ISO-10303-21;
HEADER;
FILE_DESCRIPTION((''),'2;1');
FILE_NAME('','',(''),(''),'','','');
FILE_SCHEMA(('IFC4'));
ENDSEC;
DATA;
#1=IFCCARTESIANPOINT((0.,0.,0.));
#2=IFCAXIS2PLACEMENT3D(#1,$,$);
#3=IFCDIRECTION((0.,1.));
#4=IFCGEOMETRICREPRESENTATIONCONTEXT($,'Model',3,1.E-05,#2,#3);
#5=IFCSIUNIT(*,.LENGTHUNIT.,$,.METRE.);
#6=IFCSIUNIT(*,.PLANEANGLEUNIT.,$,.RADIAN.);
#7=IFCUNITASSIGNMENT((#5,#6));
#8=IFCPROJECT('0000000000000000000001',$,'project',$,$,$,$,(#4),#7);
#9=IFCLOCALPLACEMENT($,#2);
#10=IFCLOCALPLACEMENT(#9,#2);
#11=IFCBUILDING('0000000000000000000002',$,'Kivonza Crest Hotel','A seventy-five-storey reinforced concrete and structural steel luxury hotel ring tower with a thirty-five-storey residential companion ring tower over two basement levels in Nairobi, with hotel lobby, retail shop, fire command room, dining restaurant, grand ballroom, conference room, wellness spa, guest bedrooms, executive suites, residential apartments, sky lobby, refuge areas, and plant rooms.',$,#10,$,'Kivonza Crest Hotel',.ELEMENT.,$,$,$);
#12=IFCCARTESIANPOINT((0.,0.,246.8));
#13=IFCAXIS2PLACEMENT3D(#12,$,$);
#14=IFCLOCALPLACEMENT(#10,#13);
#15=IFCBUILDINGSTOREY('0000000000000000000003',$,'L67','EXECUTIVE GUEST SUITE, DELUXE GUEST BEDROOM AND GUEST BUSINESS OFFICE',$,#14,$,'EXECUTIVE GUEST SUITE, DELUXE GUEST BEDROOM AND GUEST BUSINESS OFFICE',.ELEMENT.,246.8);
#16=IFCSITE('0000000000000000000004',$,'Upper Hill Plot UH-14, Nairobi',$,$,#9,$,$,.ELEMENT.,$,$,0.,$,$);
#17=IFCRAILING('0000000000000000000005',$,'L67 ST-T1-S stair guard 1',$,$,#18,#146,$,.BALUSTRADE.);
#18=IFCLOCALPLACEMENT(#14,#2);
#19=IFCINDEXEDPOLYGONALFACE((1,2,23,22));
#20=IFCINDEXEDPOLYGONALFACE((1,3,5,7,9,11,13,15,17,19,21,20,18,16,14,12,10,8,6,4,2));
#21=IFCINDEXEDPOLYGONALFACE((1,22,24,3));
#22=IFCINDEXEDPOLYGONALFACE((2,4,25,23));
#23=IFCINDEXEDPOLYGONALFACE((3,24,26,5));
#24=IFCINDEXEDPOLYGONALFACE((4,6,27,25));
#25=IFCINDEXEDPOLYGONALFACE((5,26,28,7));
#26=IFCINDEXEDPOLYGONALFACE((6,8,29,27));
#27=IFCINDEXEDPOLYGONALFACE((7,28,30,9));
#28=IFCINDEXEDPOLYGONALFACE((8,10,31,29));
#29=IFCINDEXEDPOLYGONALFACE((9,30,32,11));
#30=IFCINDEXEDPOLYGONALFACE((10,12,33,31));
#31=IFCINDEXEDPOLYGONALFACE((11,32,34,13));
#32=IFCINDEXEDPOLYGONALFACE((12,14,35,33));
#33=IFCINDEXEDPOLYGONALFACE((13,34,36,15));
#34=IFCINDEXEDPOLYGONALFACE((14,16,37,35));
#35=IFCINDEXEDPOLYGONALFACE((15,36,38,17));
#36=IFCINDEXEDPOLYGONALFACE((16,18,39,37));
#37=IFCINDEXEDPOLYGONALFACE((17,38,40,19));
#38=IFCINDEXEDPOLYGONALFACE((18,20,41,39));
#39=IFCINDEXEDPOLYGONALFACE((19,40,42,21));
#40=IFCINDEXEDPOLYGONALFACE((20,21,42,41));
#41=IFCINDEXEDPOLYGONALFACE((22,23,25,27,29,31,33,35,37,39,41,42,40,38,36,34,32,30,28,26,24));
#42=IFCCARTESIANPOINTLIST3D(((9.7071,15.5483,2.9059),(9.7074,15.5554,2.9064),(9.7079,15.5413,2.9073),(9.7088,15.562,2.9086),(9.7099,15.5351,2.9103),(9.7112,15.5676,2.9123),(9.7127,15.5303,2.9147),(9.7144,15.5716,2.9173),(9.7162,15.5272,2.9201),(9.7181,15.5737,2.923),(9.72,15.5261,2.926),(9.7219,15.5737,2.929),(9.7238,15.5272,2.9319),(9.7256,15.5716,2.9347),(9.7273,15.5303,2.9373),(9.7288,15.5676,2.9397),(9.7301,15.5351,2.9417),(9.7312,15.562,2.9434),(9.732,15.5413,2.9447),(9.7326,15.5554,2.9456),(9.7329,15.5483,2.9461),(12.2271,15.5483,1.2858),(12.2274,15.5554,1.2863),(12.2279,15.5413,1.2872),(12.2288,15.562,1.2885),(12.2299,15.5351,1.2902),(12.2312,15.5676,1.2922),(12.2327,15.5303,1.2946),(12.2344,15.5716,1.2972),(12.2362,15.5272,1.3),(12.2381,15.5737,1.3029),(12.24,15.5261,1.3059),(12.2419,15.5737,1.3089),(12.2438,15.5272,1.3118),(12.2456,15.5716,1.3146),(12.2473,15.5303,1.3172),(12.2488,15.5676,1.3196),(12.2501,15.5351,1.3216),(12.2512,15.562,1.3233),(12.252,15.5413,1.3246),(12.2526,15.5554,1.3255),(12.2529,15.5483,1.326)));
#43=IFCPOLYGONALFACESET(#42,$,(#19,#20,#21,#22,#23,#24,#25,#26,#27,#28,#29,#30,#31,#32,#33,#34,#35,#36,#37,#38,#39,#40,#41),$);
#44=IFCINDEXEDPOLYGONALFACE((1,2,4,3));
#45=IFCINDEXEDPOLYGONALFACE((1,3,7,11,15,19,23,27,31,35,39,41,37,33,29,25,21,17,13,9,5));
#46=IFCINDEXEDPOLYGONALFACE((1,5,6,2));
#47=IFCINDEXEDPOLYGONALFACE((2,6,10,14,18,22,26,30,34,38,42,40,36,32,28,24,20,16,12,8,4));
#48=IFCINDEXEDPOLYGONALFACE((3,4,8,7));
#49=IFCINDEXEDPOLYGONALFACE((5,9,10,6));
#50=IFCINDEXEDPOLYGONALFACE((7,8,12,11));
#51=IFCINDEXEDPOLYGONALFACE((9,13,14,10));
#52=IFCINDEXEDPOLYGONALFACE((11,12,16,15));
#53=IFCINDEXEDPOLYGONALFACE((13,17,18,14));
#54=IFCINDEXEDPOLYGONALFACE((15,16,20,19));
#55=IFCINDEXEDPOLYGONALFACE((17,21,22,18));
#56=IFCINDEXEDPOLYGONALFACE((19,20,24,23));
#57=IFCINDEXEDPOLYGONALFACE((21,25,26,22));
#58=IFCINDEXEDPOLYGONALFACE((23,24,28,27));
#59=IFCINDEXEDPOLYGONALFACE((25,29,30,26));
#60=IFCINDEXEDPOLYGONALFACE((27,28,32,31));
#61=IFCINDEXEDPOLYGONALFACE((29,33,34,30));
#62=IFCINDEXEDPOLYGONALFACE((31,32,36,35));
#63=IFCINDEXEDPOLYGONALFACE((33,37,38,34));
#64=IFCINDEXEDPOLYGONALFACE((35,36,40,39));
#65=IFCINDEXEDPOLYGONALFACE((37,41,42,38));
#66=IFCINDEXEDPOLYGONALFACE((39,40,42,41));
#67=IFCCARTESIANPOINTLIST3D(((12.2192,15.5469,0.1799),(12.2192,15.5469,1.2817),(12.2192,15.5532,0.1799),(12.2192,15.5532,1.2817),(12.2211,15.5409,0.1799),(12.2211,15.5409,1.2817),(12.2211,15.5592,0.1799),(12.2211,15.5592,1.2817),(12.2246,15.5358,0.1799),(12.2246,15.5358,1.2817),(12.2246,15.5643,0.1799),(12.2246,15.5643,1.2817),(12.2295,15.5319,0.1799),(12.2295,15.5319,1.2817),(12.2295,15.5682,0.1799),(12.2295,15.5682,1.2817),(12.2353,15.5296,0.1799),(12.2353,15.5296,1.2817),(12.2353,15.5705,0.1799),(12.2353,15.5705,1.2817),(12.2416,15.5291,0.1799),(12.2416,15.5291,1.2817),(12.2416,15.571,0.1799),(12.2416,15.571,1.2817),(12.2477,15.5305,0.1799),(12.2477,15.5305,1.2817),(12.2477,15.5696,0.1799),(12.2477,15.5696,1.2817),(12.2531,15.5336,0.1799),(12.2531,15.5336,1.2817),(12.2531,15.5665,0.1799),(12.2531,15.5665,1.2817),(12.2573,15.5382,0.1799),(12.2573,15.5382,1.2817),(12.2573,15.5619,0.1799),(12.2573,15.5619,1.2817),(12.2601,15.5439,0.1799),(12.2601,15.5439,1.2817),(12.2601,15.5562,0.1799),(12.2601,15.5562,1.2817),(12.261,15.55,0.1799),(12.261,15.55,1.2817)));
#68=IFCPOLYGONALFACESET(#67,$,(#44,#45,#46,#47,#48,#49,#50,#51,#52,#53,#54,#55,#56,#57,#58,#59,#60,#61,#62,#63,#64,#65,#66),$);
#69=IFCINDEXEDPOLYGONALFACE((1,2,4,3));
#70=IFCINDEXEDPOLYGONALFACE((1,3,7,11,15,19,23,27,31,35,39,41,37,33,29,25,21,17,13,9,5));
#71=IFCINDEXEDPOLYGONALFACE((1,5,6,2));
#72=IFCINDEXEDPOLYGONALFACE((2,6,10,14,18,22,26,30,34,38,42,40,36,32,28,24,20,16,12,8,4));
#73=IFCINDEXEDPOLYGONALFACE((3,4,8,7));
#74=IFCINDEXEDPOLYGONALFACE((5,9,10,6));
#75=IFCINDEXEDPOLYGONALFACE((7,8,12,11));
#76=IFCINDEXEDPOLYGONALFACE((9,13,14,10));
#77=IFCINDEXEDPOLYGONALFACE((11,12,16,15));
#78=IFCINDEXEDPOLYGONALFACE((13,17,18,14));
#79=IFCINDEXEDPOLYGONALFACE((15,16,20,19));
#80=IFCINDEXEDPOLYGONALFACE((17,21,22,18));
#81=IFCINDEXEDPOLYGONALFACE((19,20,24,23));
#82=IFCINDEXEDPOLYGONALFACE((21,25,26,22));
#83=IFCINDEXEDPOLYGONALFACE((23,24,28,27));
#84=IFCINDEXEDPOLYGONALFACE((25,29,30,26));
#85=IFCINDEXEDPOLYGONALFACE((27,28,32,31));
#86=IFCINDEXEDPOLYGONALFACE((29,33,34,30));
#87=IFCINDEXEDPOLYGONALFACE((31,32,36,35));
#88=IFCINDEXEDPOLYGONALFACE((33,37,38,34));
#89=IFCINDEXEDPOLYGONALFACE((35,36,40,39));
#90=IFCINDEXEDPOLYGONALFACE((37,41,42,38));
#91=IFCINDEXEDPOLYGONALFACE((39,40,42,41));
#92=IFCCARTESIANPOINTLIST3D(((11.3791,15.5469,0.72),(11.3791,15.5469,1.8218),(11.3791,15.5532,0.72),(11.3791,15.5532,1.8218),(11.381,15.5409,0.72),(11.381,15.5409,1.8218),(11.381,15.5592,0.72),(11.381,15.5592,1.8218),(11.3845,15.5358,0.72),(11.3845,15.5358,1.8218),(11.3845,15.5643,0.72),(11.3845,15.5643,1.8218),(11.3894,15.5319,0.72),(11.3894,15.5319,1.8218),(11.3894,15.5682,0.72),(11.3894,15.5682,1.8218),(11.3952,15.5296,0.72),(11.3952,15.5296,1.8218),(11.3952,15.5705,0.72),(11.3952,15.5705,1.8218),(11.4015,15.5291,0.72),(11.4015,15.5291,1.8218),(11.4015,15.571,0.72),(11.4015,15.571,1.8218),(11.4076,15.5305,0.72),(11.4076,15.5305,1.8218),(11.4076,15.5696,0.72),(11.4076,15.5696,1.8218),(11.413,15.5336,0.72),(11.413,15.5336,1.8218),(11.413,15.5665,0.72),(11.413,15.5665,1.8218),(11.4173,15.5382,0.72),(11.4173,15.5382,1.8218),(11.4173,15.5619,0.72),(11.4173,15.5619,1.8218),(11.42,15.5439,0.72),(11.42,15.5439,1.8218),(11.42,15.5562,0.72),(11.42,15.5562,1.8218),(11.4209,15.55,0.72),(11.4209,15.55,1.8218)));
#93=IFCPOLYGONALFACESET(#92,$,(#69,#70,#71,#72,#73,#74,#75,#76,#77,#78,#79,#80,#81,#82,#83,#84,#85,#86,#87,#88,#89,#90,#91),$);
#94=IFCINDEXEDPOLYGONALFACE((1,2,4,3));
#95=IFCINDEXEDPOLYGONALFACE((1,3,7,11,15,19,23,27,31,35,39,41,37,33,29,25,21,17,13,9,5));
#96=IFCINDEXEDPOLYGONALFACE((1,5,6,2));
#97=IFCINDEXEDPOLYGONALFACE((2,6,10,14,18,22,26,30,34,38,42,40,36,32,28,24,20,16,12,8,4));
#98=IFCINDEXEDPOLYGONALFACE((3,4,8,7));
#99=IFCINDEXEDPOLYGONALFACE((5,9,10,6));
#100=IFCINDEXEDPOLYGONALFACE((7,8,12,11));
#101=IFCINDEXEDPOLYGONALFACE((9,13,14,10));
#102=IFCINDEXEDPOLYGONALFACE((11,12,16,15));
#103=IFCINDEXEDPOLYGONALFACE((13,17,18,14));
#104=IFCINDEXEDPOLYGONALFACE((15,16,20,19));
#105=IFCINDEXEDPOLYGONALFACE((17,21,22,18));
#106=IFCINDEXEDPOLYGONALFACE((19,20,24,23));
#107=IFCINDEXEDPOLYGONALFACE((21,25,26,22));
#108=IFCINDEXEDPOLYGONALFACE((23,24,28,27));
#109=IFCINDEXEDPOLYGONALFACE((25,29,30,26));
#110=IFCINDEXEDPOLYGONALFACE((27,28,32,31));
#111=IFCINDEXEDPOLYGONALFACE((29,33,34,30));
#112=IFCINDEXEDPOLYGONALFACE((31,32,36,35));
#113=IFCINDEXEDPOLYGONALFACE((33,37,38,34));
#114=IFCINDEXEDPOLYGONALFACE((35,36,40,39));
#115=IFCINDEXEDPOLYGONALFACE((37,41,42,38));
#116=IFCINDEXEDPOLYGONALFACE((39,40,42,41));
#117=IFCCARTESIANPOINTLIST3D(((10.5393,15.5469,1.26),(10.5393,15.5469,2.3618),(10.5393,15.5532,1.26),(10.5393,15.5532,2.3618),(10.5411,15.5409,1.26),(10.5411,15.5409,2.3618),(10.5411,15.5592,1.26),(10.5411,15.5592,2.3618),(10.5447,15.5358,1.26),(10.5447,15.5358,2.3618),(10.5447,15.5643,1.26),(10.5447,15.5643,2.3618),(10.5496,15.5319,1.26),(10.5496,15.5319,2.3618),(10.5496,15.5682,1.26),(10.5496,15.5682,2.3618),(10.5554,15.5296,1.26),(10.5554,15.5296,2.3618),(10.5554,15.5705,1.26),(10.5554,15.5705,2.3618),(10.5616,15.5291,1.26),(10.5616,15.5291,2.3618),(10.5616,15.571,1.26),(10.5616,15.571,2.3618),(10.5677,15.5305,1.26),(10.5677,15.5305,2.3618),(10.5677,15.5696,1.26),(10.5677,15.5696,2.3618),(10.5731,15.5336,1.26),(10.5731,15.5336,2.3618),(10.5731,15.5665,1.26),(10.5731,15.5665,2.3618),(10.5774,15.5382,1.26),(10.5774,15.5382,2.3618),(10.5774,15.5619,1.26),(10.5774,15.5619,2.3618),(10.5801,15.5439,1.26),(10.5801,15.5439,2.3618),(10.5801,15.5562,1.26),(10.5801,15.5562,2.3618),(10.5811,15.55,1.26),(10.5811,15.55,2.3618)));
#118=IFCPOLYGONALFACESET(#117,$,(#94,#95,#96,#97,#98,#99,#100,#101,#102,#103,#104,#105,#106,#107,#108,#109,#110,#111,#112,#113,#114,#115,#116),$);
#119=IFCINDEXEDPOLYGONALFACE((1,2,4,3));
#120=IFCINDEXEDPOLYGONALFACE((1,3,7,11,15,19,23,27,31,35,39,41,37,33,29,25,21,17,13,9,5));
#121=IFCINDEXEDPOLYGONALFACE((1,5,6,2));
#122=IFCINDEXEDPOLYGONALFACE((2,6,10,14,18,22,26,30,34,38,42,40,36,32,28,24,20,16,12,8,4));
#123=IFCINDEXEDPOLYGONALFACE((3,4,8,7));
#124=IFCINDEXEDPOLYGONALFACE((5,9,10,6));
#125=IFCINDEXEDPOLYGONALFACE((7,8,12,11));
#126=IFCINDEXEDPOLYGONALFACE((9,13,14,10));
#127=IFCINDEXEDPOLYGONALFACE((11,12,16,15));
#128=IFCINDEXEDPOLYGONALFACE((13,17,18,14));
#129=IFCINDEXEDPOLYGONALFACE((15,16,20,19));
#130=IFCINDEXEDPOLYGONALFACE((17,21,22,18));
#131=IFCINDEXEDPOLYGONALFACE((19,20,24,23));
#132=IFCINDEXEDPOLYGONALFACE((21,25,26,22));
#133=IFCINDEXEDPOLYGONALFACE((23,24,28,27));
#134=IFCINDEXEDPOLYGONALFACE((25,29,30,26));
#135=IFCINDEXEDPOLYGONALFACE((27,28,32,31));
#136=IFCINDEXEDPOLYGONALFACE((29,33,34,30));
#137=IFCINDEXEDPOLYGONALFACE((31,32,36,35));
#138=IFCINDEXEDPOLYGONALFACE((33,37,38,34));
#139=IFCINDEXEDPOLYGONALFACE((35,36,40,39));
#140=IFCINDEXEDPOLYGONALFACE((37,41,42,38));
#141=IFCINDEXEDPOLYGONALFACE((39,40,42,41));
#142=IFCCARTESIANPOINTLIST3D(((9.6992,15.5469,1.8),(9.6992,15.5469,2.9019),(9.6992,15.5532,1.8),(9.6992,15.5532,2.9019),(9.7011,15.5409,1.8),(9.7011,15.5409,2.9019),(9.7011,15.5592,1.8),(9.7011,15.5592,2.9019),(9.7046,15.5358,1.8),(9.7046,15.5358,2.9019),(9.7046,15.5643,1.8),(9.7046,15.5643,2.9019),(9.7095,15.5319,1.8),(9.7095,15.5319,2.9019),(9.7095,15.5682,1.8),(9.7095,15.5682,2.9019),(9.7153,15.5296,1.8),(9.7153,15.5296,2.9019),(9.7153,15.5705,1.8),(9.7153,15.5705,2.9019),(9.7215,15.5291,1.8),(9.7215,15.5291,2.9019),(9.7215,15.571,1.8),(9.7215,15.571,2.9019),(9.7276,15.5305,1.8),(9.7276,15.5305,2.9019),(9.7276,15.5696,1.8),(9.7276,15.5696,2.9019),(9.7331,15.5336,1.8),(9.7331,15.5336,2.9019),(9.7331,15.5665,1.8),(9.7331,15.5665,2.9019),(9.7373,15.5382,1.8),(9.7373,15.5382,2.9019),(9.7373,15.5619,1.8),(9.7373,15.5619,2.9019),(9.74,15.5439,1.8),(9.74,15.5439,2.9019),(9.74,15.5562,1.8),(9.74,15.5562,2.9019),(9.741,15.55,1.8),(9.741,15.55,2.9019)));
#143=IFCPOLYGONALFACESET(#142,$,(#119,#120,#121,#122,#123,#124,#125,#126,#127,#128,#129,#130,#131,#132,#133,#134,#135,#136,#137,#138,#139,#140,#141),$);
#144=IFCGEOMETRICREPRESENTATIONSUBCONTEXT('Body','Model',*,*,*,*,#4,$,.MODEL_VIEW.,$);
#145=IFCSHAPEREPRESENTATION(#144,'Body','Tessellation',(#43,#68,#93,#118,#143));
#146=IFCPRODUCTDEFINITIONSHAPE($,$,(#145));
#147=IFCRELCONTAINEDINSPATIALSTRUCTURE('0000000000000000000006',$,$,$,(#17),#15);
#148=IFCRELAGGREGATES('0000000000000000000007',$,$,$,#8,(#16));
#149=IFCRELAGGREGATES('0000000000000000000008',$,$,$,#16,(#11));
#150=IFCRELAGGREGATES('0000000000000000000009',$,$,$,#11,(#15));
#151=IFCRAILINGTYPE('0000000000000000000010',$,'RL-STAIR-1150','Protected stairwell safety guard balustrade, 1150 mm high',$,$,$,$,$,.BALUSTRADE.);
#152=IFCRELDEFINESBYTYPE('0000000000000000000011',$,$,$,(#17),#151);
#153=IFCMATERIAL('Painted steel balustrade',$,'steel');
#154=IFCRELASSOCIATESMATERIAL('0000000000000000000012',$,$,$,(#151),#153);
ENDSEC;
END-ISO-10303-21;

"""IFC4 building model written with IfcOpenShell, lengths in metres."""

from ifc_helpers import new_model, si_unit, direction, frame, origin, origin_2d, place, context, subcontext, project, spatial, circle, extrude, material, type_object, element, save


model = new_model("IFC4")

# Units and contexts
model_context = context("Model", 3, precision=1e-05, world=origin(), true_north=direction((0.0, 1.0)))
body_context = subcontext(model_context, "Body", "Model", "MODEL_VIEW")
ifc_project = project(units=[si_unit("LENGTHUNIT", "METRE"), si_unit("PLANEANGLEUNIT", "RADIAN")], contexts=[model_context])

# Site, building, storey
site_placement = place(None, origin())
site = spatial("IfcSite", under=ifc_project, at=site_placement, Name="Upper Hill Plot UH-14, Nairobi", CompositionType="ELEMENT", RefElevation=0.0)
building_placement = place(site_placement, origin())
building = spatial("IfcBuilding", under=site, at=building_placement, Name="Kivonza Crest Hotel", Description="A seventy-five-storey reinforced concrete and structural steel luxury hotel ring tower with a thirty-five-storey residential companion ring tower over two basement levels in Nairobi, with hotel lobby, retail shop, fire command room, dining restaurant, grand ballroom, conference room, wellness spa, guest bedrooms, executive suites, residential apartments, sky lobby, refuge areas, and plant rooms.", LongName="Kivonza Crest Hotel", CompositionType="ELEMENT")
storey_placement = place(building_placement, frame((0.0, 0.0, 246.8)))
storey = spatial("IfcBuildingStorey", under=building, at=storey_placement, Name="L67", Description="EXECUTIVE GUEST SUITE, DELUXE GUEST BEDROOM AND GUEST BUSINESS OFFICE", LongName="EXECUTIVE GUEST SUITE, DELUXE GUEST BEDROOM AND GUEST BUSINESS OFFICE", CompositionType="ELEMENT", Elevation=246.8)

# Railing
ifc_material_1 = material(Name="Painted steel balustrade", Category="steel")
railing_type_1 = type_object("IfcRailingType", Name="RL-STAIR-1150", Description="Protected stairwell safety guard balustrade, 1150 mm high", PredefinedType="BALUSTRADE", material=ifc_material_1)
railing_1_placement = place(storey_placement, frame((12.24, 15.55, 0.1799)))
element("IfcRailing", 1, at=railing_1_placement, inside=storey, type_object=railing_type_1, Name="L67 ST-T1-S stair guard 1", PredefinedType="BALUSTRADE", context=body_context, shape_type="SweptSolid", body=[
    extrude(circle(Radius=0.0239, at=origin_2d()), frame((0.0, 0.0, 1.126), z_axis=(-0.841163, 0.0, 0.540782), x_axis=(0.0, -1.0, 0.0)), (0.0, 0.0, 1.0), 2.9958),
    extrude(circle(Radius=0.021, at=origin_2d()), origin(), (0.0, 0.0, 1.0), 1.1018),
    extrude(circle(Radius=0.021, at=origin_2d()), frame((-0.8401, 0.0, 0.54)), (0.0, 0.0, 1.0), 1.1018),
    extrude(circle(Radius=0.021, at=origin_2d()), frame((-1.6799, 0.0, 1.0801)), (0.0, 0.0, 1.0), 1.1018),
    extrude(circle(Radius=0.021, at=origin_2d()), frame((-2.52, 0.0, 1.6201)), (0.0, 0.0, 1.0), 1.1018),
])

save(model, "model.ifc")
